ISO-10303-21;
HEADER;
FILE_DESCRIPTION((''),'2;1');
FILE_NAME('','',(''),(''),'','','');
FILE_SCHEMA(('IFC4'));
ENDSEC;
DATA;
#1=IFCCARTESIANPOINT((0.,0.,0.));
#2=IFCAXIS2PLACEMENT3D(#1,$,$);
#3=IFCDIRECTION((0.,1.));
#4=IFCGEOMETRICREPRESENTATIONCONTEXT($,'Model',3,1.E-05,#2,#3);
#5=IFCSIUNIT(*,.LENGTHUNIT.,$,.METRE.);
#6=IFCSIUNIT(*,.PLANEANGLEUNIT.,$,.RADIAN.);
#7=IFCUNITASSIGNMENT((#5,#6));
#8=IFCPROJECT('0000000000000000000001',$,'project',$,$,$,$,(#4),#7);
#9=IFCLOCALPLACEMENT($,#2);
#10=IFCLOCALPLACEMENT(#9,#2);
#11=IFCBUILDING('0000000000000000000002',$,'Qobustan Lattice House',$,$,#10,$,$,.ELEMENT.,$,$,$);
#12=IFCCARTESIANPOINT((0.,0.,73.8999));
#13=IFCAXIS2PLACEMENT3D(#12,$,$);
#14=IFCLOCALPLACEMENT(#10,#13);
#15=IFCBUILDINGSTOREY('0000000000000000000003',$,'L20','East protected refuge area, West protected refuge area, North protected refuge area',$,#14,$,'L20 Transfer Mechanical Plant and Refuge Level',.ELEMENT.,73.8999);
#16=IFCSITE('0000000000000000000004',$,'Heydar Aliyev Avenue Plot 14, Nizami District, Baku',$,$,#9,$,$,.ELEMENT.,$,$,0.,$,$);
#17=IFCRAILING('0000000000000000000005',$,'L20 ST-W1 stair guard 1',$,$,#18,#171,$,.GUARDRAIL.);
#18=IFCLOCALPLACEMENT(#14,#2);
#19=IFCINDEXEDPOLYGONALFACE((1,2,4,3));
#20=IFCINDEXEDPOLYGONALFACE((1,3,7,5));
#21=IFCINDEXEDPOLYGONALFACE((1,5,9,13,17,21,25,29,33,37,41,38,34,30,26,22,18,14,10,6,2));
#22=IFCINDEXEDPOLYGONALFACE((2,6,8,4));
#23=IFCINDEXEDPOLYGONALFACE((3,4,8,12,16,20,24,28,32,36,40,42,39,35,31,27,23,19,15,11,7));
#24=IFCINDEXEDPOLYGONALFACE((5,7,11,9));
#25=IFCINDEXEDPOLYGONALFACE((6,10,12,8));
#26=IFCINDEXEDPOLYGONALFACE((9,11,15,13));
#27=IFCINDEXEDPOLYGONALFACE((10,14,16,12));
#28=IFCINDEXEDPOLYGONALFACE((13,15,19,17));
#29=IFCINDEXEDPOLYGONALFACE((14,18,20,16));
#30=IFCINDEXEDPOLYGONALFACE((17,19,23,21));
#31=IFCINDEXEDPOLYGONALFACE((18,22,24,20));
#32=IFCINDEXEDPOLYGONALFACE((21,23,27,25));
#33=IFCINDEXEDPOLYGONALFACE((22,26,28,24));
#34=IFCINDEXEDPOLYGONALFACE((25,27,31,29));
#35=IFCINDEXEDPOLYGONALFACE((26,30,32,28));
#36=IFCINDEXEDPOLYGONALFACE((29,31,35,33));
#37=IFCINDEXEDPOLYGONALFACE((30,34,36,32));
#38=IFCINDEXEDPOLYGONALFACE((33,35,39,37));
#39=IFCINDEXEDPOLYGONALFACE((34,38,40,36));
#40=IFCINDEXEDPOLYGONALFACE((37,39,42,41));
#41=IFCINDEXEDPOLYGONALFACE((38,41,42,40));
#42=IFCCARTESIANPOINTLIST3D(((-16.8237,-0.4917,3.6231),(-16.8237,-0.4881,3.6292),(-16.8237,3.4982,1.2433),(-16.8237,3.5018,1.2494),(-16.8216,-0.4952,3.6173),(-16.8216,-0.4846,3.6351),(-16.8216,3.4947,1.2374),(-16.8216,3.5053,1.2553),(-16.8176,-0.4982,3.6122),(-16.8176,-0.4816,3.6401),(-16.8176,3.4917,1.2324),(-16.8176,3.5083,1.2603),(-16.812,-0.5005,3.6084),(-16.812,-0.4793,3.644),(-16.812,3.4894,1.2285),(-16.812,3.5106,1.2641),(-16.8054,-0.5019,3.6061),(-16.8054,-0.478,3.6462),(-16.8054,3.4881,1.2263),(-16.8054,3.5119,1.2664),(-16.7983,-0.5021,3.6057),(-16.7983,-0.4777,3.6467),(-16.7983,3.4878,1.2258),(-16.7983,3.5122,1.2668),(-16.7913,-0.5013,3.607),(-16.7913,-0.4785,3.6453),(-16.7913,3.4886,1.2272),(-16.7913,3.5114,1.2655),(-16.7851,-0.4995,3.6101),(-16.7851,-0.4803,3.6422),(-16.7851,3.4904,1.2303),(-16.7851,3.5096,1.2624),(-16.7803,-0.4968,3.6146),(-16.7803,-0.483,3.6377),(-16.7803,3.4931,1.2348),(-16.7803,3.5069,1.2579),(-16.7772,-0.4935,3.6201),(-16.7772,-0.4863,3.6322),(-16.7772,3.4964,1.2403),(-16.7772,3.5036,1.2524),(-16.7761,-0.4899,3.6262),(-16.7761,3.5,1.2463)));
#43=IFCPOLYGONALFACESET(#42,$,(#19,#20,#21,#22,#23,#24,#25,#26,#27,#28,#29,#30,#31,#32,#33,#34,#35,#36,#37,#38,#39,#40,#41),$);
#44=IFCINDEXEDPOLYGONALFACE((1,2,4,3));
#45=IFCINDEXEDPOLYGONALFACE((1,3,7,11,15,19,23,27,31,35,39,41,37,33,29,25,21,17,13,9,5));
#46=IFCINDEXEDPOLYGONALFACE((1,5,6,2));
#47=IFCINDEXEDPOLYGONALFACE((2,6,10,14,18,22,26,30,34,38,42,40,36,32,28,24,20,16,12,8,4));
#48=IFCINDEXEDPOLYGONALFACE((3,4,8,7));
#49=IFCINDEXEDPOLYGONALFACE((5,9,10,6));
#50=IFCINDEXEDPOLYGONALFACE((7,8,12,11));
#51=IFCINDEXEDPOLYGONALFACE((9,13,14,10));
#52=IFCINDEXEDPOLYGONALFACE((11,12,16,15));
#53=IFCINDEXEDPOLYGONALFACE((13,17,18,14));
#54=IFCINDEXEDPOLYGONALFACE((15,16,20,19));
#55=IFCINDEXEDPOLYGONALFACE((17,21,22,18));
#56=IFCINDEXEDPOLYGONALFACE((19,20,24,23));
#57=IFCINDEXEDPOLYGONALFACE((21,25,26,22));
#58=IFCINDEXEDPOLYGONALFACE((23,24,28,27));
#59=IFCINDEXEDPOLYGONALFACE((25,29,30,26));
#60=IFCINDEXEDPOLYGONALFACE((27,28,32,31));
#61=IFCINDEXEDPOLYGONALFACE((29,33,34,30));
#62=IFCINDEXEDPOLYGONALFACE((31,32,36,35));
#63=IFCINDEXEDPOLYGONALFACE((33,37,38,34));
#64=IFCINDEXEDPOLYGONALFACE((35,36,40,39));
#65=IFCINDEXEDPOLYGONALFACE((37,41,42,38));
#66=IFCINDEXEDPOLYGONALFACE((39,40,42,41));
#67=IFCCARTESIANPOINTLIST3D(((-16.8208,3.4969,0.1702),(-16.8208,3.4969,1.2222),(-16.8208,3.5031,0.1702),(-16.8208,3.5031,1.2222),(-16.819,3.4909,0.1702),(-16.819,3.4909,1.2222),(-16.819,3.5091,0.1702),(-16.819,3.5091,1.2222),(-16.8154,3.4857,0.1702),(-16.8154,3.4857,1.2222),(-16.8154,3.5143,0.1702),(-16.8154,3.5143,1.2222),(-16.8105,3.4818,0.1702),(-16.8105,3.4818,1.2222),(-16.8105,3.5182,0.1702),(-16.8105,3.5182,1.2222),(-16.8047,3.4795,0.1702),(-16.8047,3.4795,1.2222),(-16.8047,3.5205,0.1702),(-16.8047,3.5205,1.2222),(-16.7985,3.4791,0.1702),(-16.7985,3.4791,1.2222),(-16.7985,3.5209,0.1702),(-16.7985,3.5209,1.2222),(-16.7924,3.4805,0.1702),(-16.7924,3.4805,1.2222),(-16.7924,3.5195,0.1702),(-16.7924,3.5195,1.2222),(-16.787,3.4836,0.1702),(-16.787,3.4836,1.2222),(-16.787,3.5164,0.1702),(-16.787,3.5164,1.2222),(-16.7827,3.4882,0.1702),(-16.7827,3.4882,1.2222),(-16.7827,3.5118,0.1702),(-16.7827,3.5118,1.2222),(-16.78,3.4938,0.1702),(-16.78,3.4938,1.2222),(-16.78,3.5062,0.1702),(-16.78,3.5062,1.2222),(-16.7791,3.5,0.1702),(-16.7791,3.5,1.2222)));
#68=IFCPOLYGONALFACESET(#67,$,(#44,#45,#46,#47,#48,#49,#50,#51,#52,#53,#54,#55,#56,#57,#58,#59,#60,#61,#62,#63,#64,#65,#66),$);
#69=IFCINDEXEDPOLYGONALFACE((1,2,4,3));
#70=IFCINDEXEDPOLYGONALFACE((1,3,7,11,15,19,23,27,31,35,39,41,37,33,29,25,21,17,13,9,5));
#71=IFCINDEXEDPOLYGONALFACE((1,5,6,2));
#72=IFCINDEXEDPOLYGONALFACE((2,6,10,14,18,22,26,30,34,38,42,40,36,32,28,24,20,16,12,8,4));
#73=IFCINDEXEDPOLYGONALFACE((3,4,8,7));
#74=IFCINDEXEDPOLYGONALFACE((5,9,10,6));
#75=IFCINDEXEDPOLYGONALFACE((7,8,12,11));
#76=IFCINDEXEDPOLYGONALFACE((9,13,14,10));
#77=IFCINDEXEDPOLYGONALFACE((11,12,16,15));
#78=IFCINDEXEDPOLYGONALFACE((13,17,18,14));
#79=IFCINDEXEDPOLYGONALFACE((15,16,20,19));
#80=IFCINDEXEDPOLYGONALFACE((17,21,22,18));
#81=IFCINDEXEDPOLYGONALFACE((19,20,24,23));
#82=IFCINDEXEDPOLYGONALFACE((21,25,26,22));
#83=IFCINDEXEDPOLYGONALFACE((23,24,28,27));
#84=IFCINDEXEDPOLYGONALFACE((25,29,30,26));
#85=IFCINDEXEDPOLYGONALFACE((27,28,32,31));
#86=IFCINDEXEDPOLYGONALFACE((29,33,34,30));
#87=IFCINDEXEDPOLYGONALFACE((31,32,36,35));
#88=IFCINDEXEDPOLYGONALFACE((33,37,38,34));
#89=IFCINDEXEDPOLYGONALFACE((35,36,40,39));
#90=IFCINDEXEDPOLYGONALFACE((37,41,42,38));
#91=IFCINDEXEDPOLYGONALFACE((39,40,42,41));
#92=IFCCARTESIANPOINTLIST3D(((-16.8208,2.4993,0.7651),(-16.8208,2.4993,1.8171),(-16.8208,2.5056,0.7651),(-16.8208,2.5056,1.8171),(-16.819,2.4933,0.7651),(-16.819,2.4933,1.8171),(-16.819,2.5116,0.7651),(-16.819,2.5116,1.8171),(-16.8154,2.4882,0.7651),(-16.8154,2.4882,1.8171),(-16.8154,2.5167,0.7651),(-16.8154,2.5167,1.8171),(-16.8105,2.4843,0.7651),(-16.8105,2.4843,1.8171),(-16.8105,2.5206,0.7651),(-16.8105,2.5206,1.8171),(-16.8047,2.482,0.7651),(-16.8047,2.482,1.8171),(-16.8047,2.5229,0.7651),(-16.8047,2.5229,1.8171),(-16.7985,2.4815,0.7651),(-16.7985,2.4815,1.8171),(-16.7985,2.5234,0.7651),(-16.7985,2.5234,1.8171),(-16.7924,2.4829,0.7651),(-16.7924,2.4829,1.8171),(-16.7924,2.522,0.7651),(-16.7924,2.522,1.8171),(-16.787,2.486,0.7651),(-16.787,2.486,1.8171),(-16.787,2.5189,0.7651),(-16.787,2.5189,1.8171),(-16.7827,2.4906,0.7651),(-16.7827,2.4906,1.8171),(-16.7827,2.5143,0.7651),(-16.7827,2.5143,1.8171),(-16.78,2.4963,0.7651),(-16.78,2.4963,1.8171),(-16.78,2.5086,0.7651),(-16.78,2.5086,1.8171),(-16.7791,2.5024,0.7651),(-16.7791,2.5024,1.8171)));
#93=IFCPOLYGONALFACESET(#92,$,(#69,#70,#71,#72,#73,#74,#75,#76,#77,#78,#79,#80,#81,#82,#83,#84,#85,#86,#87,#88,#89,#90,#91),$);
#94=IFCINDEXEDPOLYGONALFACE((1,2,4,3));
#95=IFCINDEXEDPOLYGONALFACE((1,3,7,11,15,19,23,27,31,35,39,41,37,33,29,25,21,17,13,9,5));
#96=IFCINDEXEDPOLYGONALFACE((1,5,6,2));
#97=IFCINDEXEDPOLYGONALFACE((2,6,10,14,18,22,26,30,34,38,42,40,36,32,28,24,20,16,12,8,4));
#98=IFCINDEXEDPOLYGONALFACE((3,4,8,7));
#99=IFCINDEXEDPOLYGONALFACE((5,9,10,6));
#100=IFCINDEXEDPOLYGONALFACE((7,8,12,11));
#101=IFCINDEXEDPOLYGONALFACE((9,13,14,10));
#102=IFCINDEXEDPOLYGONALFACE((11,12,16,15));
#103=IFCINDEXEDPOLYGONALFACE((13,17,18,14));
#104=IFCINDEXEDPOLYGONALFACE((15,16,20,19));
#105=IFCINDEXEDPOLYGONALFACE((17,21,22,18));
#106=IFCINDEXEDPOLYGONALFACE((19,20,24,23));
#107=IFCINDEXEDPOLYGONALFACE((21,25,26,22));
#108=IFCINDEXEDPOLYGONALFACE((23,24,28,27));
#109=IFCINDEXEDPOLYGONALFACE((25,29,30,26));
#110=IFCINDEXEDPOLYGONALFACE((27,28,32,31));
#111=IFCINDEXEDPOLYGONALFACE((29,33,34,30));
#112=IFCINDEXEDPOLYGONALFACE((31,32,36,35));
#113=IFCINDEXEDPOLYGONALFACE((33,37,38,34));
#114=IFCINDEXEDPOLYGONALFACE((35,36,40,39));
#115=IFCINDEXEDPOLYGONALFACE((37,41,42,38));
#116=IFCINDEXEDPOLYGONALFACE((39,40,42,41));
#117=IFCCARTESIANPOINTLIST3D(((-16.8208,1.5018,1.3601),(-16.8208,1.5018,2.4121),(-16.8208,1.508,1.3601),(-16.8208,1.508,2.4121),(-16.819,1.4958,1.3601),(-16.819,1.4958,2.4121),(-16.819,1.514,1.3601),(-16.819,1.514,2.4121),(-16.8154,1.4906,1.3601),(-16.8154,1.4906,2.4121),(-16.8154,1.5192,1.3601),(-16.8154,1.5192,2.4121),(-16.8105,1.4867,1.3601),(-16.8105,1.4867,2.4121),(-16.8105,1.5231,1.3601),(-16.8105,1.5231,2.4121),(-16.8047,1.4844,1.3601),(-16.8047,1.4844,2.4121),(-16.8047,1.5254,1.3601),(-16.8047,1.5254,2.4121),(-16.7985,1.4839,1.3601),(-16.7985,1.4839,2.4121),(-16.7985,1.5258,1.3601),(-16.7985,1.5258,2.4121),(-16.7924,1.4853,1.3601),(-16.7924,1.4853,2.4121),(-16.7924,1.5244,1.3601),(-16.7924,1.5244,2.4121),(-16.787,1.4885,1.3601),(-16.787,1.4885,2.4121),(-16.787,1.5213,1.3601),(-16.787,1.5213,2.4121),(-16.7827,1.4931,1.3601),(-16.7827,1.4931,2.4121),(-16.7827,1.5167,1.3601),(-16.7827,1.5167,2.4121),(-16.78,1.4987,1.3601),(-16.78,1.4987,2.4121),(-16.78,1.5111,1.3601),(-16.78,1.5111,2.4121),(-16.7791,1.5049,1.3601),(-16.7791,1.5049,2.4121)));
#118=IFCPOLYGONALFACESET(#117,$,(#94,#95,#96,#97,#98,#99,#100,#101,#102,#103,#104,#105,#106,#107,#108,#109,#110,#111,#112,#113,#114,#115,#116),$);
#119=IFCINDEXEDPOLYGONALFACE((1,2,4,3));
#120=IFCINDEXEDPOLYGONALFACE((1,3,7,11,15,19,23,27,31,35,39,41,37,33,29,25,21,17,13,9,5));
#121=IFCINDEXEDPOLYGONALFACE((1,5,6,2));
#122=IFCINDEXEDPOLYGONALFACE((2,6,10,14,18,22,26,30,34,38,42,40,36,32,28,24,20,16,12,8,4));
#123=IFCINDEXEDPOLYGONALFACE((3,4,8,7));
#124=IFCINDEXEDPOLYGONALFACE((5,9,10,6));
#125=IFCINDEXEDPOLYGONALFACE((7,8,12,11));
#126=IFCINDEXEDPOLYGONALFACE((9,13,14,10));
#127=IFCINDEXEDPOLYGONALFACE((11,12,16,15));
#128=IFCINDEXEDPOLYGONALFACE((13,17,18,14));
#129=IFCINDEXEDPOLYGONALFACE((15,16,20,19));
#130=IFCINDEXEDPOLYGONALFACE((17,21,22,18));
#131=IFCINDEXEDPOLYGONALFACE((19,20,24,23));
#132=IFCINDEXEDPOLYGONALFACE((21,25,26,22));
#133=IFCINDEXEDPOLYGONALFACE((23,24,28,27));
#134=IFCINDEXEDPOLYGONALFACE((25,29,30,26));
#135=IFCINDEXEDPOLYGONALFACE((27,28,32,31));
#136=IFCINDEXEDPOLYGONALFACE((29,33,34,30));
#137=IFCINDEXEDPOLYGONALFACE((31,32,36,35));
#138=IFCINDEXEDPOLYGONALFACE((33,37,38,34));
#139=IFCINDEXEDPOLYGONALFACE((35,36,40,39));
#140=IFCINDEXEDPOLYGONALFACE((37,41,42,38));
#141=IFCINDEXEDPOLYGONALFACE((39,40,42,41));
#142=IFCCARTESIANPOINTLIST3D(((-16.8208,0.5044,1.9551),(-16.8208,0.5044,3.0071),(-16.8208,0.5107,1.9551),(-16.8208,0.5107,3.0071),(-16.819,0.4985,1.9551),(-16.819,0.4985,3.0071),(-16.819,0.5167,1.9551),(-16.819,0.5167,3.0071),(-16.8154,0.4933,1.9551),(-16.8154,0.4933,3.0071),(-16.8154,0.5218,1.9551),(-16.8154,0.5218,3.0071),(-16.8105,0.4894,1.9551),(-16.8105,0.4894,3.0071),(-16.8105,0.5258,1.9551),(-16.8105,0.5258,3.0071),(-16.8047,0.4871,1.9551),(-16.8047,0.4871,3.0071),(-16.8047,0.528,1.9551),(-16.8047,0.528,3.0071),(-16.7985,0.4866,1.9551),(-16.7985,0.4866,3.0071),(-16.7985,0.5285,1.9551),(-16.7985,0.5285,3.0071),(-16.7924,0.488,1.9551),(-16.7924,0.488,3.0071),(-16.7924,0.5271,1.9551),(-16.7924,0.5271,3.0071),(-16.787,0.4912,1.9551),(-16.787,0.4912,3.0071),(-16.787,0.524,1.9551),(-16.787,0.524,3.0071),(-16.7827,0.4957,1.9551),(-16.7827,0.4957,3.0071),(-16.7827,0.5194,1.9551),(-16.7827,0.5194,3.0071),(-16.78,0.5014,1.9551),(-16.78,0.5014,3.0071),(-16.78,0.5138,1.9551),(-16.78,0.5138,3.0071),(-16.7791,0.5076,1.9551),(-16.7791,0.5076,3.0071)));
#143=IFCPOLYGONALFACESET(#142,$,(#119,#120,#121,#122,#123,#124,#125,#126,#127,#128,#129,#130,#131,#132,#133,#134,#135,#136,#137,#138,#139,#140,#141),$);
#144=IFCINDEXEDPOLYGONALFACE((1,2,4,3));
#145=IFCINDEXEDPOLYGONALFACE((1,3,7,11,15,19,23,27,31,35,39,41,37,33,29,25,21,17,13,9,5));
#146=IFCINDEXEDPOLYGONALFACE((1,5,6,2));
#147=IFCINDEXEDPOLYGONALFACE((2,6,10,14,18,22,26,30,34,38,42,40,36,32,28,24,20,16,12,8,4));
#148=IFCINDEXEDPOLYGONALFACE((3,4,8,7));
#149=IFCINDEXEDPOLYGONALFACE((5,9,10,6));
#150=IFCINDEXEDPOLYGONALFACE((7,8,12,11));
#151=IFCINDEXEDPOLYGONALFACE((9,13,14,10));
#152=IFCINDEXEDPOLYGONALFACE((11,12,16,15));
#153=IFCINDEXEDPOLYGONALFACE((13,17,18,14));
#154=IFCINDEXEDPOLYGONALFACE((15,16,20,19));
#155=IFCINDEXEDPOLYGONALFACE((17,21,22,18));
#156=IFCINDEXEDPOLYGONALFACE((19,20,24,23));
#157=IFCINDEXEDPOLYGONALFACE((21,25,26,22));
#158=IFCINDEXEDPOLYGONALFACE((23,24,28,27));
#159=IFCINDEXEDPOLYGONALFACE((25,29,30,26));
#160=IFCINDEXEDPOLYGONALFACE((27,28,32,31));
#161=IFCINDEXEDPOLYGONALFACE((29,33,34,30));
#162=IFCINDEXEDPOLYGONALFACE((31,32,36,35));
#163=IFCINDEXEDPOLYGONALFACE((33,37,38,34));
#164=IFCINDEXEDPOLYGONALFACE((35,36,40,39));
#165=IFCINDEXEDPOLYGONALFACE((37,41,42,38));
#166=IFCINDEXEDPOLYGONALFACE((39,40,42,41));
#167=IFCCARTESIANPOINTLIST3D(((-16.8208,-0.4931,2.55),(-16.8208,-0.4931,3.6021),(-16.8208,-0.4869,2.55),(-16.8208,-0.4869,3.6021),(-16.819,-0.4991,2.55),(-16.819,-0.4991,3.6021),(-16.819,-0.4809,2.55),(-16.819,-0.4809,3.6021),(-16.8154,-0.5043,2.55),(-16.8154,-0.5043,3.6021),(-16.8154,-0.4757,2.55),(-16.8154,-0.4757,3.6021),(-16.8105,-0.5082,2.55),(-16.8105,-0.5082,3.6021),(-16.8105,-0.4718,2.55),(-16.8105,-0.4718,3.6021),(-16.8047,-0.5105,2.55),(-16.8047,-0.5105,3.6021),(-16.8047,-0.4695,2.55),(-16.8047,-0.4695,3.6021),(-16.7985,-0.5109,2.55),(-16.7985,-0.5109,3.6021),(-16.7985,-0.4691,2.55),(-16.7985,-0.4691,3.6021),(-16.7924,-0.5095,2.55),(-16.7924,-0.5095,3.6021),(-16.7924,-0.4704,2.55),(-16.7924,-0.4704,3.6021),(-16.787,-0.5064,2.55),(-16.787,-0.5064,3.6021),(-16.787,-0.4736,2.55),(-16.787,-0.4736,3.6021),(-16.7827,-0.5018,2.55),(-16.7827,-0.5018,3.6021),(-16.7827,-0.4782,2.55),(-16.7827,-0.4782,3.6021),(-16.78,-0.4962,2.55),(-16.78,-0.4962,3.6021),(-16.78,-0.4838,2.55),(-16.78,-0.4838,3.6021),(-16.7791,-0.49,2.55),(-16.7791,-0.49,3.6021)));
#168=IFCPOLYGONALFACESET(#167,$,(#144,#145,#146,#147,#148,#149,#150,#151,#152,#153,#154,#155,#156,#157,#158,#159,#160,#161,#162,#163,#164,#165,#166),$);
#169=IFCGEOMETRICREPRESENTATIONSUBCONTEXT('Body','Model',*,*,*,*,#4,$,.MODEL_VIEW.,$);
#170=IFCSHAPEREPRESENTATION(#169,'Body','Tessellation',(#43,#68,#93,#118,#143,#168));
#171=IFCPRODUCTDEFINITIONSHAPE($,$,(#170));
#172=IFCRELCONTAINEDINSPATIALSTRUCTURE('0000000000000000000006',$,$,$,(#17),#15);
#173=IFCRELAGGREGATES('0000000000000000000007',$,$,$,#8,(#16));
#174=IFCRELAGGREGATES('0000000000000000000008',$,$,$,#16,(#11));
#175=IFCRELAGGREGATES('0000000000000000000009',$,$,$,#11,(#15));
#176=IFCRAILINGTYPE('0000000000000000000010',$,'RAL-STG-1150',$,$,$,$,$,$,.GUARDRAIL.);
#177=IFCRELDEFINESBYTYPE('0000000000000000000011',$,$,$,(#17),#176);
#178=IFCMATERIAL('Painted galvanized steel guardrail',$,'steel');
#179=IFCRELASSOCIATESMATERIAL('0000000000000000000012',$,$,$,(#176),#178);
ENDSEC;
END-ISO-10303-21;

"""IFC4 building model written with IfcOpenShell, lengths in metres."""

from ifc_helpers import new_model, si_unit, direction, frame, origin, origin_2d, place, context, subcontext, project, spatial, circle, extrude, material, type_object, element, save


model = new_model("IFC4")

# Units and contexts
model_context = context("Model", 3, precision=1e-05, world=origin(), true_north=direction((0.0, 1.0)))
body_context = subcontext(model_context, "Body", "Model", "MODEL_VIEW")
ifc_project = project(units=[si_unit("LENGTHUNIT", "METRE"), si_unit("PLANEANGLEUNIT", "RADIAN")], contexts=[model_context])

# Site, building, storey
site_placement = place(None, origin())
site = spatial("IfcSite", under=ifc_project, at=site_placement, Name="Heydar Aliyev Avenue Plot 14, Nizami District, Baku", CompositionType="ELEMENT", RefElevation=0.0)
building_placement = place(site_placement, origin())
building = spatial("IfcBuilding", under=site, at=building_placement, Name="Qobustan Lattice House", CompositionType="ELEMENT")
storey_placement = place(building_placement, frame((0.0, 0.0, 73.8999)))
storey = spatial("IfcBuildingStorey", under=building, at=storey_placement, Name="L20", Description="East protected refuge area, West protected refuge area, North protected refuge area", LongName="L20 Transfer Mechanical Plant and Refuge Level", CompositionType="ELEMENT", Elevation=73.8999)

# Railing
ifc_material_1 = material(Name="Painted galvanized steel guardrail", Category="steel")
railing_type_1 = type_object("IfcRailingType", Name="RAL-STG-1150", PredefinedType="GUARDRAIL", material=ifc_material_1)
railing_1_placement = place(storey_placement, frame((-16.8, 3.5, 0.1702)))
element("IfcRailing", 1, at=railing_1_placement, inside=storey, type_object=railing_type_1, Name="L20 ST-W1 stair guard 1", PredefinedType="GUARDRAIL", context=body_context, shape_type="SweptSolid", body=[
    extrude(circle(Radius=0.0239, at=origin_2d()), frame((0.0, 0.0, 1.0762), z_axis=(0.0, -0.85883, 0.512261), x_axis=(1.0, 0.0, 0.0)), (0.0, 0.0, 1.0), 4.6458),
    extrude(circle(Radius=0.021, at=origin_2d()), origin(), (0.0, 0.0, 1.0), 1.052),
    extrude(circle(Radius=0.021, at=origin_2d()), frame((0.0, -0.9976, 0.595)), (0.0, 0.0, 1.0), 1.052),
    extrude(circle(Radius=0.021, at=origin_2d()), frame((0.0, -1.9951, 1.1899)), (0.0, 0.0, 1.0), 1.052),
    extrude(circle(Radius=0.021, at=origin_2d()), frame((0.0, -2.9924, 1.7849)), (0.0, 0.0, 1.0), 1.052),
    extrude(circle(Radius=0.021, at=origin_2d()), frame((0.0, -3.99, 2.3799)), (0.0, 0.0, 1.0), 1.052),
])

save(model, "model.ifc")
